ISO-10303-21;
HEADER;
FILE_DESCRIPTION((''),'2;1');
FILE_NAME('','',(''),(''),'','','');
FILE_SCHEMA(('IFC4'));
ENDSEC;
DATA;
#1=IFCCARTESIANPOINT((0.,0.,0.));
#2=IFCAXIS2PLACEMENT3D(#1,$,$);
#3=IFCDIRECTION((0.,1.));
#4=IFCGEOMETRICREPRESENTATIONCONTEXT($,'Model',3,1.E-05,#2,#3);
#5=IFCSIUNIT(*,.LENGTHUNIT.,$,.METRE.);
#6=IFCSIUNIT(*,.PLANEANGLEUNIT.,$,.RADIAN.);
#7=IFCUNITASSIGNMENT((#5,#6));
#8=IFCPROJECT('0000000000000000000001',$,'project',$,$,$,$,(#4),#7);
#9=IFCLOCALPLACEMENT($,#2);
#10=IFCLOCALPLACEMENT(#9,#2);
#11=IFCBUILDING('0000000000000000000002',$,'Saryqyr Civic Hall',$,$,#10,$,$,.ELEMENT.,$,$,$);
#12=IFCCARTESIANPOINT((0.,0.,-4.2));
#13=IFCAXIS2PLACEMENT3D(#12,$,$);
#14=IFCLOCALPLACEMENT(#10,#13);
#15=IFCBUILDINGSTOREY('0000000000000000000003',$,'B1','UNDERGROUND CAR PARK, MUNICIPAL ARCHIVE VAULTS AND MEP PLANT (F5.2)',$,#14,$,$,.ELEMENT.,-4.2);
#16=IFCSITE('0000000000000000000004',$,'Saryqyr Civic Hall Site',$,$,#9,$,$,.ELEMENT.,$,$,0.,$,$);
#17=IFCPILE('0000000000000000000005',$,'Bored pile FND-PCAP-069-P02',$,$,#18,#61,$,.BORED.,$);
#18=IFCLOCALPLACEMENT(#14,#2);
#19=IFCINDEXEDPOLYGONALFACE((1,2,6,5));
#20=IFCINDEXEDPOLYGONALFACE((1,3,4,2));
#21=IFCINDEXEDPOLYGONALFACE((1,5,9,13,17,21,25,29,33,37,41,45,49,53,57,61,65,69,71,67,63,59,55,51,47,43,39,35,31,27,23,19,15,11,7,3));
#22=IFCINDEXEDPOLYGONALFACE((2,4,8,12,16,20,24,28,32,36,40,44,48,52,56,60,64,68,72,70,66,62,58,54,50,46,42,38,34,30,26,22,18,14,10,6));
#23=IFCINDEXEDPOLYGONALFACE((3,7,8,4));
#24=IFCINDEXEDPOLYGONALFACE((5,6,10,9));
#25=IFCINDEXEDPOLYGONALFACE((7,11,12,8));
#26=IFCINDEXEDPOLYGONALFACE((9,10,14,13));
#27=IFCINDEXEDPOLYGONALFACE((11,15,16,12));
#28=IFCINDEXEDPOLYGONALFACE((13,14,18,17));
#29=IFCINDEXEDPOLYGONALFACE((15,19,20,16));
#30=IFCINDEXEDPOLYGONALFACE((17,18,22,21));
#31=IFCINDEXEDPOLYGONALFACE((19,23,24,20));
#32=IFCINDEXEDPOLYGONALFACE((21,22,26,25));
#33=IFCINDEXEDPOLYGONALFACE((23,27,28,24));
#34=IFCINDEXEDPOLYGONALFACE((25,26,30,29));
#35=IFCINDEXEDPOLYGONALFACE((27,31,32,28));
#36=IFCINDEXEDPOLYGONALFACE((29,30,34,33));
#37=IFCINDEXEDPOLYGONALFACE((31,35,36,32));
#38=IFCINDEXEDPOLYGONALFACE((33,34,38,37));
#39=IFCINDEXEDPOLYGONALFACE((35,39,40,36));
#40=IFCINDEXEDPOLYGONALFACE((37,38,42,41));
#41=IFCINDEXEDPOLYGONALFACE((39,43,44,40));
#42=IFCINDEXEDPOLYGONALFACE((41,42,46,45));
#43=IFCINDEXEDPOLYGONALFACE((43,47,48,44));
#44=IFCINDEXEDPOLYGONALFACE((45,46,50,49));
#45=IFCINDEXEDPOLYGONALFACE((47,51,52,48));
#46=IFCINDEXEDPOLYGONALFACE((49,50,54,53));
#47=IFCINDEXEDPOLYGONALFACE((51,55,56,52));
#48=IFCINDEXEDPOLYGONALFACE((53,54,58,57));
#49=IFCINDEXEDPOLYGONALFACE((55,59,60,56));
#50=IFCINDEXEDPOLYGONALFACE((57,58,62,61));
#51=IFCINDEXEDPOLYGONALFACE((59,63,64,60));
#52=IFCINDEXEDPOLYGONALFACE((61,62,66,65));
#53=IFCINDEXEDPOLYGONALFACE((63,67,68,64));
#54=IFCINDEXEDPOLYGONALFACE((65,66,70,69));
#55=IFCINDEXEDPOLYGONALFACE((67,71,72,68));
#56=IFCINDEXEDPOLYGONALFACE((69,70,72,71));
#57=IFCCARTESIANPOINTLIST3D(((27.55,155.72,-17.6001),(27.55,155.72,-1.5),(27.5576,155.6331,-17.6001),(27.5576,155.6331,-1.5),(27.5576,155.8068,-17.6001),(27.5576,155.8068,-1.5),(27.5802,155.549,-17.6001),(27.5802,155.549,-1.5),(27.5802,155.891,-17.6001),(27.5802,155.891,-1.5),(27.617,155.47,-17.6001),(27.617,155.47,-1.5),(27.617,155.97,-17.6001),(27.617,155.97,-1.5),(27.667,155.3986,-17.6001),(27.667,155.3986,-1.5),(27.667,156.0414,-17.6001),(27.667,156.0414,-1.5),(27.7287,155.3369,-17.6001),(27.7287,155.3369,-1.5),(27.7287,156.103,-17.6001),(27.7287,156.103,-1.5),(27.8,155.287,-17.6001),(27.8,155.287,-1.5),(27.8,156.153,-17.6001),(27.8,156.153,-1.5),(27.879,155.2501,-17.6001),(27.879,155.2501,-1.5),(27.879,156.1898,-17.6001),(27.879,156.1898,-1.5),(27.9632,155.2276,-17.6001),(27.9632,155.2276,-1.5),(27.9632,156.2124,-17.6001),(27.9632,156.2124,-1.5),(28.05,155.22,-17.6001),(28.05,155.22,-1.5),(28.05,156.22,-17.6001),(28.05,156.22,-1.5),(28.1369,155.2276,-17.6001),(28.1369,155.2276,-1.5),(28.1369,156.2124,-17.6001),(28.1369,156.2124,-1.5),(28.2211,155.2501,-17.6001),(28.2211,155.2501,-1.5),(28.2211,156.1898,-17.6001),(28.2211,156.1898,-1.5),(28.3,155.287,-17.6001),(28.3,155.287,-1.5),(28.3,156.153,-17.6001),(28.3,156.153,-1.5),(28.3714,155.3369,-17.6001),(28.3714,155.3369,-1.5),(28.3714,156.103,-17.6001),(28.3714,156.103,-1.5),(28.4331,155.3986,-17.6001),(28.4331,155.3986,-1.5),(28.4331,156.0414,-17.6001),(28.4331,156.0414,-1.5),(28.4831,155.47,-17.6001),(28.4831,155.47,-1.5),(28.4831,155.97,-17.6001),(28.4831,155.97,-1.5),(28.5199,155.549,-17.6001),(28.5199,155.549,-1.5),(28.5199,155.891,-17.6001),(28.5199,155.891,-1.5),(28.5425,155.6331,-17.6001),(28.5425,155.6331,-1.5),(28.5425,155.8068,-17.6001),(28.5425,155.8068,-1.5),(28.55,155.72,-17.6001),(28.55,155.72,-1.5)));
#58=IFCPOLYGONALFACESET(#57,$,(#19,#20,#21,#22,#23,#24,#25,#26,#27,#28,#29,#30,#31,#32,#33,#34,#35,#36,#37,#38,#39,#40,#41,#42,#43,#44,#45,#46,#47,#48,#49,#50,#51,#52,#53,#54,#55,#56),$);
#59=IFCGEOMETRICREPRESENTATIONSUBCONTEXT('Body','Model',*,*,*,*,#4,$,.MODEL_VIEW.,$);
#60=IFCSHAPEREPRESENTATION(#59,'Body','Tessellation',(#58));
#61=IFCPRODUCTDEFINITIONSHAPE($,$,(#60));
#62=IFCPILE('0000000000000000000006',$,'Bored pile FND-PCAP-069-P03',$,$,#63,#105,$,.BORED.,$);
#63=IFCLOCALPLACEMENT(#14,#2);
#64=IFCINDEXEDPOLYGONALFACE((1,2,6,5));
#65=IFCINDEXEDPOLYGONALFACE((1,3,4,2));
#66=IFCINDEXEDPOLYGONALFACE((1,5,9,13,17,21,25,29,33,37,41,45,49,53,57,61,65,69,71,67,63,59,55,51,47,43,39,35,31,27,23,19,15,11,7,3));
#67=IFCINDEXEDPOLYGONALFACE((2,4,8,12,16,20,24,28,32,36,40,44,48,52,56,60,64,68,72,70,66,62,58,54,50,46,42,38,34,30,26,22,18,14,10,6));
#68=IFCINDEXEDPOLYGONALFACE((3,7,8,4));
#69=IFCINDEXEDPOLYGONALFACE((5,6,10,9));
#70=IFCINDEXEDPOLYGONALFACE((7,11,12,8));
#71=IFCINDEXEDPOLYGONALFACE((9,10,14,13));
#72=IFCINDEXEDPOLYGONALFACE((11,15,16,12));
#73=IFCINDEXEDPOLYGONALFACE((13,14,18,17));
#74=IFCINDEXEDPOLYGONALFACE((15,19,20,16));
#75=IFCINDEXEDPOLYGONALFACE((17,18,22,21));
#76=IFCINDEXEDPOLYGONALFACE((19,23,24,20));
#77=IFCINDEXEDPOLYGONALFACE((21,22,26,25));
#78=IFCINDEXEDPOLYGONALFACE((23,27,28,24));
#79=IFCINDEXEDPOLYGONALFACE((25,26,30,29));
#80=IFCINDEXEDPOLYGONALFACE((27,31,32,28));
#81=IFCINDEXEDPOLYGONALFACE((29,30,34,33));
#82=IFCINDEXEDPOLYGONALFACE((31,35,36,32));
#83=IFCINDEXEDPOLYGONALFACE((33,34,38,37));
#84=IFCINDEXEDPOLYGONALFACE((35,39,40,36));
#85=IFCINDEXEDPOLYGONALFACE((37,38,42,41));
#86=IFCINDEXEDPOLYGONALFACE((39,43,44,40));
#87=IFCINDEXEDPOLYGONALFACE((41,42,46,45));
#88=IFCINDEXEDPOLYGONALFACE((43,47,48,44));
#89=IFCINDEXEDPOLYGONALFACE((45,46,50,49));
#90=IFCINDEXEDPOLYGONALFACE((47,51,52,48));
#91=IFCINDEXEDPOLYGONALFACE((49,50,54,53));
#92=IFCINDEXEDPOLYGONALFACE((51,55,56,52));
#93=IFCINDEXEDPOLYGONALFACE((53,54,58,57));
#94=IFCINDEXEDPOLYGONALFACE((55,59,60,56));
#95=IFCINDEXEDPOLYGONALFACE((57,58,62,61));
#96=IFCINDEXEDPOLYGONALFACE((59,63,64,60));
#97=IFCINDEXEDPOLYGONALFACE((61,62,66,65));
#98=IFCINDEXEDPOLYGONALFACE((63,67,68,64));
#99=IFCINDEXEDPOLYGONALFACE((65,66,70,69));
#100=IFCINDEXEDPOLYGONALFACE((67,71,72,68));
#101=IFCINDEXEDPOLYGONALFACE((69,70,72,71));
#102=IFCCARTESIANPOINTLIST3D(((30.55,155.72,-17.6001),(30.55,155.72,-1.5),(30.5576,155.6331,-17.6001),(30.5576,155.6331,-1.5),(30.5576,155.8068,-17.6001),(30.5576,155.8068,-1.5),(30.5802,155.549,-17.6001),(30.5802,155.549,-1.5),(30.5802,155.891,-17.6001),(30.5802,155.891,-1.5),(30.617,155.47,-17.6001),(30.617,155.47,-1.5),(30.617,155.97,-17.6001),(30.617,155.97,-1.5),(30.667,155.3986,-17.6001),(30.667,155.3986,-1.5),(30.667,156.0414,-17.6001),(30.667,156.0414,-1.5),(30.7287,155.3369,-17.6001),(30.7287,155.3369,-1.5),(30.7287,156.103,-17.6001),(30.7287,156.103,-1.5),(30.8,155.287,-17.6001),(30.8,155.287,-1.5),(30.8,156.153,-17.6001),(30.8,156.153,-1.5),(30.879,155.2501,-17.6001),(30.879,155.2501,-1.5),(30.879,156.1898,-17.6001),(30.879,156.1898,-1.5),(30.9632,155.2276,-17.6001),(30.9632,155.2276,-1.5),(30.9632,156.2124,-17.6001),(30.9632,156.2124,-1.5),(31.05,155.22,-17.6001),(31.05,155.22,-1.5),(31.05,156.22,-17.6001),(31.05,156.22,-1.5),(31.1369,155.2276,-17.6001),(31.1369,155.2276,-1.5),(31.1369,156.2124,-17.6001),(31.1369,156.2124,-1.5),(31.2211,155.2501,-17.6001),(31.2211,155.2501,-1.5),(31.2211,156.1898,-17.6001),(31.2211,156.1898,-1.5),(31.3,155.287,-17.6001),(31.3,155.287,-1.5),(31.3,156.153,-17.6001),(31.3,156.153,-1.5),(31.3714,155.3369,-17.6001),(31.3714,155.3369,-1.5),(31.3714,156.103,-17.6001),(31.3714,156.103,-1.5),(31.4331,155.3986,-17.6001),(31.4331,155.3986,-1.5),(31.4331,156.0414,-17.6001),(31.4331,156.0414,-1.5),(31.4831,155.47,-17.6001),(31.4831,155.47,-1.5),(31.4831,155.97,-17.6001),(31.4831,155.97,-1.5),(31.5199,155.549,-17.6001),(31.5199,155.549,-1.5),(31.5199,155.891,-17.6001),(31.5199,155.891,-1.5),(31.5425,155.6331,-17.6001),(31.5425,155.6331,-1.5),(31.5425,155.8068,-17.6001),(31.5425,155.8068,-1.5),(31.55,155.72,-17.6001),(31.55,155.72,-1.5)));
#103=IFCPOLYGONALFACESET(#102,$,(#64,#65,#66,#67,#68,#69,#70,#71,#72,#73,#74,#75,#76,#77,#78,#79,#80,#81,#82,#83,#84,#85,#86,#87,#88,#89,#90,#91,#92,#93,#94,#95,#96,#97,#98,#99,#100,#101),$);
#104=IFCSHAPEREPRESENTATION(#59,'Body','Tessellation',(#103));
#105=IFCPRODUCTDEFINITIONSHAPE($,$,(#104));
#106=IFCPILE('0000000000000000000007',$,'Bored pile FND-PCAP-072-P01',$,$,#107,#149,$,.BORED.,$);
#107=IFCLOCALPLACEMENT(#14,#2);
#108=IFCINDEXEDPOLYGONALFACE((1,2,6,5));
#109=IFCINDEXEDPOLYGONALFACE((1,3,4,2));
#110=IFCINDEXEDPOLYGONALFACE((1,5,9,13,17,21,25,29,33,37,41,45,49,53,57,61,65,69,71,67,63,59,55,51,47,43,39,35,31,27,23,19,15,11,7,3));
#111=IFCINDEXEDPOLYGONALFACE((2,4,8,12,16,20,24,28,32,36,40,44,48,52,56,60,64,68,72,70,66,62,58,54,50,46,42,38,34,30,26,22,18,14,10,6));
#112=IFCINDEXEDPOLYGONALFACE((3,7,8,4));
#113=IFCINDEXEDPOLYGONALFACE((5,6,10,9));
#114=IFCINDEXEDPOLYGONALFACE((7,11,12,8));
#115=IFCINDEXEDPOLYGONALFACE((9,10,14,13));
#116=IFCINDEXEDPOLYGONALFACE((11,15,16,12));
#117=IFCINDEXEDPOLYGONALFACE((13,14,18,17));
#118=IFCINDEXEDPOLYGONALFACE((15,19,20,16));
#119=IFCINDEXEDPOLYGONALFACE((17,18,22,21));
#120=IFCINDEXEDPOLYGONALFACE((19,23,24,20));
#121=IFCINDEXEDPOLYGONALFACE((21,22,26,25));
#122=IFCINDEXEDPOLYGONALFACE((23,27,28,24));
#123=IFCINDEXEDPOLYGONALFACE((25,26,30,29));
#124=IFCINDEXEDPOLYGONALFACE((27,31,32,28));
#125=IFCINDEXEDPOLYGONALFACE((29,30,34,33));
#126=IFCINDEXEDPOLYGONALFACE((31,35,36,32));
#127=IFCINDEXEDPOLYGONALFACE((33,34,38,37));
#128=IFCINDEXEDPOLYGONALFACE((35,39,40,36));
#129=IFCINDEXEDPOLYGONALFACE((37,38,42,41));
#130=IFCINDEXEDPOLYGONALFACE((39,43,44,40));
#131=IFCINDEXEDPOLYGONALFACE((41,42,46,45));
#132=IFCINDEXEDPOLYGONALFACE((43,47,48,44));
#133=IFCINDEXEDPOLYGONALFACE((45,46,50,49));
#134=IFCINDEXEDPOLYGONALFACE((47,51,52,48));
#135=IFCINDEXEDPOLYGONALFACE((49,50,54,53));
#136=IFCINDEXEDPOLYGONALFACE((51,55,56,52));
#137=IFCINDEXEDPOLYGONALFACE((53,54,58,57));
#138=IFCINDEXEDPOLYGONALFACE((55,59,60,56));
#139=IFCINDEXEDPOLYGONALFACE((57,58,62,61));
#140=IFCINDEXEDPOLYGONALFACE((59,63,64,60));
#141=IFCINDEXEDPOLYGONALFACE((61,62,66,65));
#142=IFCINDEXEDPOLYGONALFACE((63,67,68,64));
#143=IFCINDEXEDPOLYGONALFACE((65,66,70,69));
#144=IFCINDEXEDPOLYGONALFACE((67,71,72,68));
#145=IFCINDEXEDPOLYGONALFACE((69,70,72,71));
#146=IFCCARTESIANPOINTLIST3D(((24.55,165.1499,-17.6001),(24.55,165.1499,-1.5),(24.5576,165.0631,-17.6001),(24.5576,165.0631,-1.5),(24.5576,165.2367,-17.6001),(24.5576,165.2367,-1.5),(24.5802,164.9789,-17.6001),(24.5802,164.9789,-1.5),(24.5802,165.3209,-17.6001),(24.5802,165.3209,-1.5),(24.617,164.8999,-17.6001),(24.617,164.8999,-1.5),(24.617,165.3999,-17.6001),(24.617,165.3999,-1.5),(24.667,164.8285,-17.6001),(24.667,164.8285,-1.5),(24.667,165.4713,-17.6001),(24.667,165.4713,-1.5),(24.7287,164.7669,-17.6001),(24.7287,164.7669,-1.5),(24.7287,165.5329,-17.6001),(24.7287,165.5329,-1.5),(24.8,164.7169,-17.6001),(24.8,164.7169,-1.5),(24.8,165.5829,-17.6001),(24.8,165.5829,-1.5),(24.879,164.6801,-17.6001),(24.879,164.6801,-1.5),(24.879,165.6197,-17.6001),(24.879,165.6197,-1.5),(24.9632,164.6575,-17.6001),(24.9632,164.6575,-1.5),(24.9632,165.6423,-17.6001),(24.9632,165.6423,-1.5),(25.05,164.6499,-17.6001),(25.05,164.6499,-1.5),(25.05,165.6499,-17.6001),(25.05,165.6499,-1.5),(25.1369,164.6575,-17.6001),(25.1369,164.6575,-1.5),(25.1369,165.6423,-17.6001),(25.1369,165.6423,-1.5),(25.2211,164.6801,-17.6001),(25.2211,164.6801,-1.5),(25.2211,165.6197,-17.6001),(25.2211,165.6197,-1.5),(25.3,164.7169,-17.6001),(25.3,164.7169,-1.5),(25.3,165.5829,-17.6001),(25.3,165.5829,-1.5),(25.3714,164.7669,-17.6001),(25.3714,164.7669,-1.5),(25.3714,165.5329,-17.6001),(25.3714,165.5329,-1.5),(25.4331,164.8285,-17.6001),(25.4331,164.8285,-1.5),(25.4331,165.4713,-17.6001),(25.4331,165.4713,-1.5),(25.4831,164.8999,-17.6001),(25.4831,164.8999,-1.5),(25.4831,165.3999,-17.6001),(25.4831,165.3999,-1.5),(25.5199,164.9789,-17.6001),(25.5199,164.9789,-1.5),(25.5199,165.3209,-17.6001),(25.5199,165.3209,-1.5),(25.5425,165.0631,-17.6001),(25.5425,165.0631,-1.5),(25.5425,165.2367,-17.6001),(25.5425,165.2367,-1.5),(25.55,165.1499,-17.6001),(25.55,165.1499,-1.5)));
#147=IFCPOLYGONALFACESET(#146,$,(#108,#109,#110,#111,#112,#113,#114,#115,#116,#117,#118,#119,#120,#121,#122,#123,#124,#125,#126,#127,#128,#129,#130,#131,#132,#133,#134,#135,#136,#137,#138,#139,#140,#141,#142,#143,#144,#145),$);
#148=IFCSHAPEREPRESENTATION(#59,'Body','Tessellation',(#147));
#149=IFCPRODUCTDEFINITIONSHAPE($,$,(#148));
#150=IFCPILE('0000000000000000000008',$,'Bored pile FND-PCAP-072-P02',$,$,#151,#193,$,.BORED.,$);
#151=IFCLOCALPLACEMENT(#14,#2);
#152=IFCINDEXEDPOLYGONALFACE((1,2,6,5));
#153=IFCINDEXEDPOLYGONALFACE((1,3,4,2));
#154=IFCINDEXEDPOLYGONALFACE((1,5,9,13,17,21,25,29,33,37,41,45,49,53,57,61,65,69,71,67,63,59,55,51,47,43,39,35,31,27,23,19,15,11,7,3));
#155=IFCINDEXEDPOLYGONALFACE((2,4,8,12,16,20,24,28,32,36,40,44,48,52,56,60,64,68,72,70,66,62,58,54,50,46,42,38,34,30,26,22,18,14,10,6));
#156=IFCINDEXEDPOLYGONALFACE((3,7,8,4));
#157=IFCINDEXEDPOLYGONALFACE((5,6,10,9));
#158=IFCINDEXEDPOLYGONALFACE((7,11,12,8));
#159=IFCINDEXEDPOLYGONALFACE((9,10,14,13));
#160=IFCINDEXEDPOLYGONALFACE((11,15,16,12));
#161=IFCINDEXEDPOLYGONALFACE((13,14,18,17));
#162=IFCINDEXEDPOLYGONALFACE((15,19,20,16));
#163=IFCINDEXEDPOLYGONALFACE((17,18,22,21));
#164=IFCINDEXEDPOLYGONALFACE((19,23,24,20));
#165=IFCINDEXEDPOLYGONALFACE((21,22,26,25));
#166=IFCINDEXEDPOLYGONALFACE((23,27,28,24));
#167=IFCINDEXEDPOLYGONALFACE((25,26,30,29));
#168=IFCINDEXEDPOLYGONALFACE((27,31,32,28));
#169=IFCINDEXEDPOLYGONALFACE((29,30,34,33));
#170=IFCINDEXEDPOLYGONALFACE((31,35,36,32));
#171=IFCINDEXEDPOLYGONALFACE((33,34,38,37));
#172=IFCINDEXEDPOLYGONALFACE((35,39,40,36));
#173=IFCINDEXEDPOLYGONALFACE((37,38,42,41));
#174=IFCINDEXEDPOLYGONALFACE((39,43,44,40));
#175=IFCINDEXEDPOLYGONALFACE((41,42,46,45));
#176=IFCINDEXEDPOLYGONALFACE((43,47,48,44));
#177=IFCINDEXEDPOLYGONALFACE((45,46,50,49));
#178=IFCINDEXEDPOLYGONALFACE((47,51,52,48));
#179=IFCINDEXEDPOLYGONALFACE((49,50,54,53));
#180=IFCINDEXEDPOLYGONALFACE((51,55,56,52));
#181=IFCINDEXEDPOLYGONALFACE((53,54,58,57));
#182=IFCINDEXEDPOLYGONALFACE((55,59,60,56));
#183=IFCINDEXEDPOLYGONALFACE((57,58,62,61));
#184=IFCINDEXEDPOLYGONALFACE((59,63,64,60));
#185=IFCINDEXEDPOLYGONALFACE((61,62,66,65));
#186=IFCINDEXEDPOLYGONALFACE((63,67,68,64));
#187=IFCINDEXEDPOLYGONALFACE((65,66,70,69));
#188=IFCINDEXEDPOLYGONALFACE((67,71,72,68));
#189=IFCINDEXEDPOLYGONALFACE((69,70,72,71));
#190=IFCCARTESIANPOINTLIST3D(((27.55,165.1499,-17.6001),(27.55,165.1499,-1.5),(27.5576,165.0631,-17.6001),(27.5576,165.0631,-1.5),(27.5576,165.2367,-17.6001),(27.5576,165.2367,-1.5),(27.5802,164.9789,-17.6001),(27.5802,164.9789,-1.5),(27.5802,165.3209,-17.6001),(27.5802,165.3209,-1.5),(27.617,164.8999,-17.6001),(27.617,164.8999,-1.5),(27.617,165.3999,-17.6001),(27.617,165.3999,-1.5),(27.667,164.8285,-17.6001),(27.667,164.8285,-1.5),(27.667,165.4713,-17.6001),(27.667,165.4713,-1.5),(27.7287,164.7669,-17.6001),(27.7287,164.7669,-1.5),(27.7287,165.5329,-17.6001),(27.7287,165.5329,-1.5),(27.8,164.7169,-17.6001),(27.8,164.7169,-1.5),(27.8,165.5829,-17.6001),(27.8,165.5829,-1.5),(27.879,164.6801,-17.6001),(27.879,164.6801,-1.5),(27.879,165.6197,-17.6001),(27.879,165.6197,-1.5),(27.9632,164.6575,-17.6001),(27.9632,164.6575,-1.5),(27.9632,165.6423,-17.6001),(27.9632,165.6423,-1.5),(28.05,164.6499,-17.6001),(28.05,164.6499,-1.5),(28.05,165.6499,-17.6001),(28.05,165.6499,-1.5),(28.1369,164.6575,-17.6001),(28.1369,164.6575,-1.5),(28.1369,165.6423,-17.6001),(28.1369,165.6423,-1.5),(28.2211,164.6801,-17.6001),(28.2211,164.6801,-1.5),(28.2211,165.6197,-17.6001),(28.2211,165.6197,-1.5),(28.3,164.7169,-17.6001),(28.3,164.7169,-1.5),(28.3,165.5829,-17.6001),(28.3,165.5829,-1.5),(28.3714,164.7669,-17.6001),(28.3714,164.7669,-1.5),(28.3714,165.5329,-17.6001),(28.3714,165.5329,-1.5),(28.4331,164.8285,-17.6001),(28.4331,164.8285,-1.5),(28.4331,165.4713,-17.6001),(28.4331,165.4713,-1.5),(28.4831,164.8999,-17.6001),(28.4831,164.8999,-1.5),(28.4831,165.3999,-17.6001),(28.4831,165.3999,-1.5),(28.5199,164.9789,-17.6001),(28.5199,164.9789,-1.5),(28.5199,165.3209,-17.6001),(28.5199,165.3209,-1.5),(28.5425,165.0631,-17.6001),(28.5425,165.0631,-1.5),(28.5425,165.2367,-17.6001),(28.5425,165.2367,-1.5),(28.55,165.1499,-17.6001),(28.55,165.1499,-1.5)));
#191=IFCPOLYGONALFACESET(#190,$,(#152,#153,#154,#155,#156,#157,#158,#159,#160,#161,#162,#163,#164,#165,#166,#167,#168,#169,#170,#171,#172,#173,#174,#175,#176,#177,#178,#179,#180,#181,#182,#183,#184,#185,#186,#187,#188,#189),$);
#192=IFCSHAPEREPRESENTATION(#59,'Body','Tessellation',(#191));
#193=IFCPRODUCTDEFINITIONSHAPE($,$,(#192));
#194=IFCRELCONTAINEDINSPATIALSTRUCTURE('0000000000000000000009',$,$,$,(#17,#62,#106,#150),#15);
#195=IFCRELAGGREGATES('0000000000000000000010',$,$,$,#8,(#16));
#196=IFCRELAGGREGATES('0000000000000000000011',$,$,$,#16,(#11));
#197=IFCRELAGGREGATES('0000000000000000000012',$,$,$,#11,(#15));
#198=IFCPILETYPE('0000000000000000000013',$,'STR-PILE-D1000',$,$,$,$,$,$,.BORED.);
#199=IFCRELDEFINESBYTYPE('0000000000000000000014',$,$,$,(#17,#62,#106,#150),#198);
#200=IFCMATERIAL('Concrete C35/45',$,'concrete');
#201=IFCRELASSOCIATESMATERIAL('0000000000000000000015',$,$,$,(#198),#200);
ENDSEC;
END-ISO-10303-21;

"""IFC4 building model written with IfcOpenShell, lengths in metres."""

from ifc_helpers import new_model, si_unit, direction, frame, origin, origin_2d, place, context, subcontext, project, spatial, circle, extrude, material, material_profile, profile_set, type_object, element, save


model = new_model("IFC4")

# Units and contexts
model_context = context("Model", 3, precision=1e-05, world=origin(), true_north=direction((0.0, 1.0)))
body_context = subcontext(model_context, "Body", "Model", "MODEL_VIEW")
ifc_project = project(units=[si_unit("LENGTHUNIT", "METRE"), si_unit("PLANEANGLEUNIT", "RADIAN")], contexts=[model_context])

# Site, building, storey
site_placement = place(None, origin())
site = spatial("IfcSite", under=ifc_project, at=site_placement, Name="Saryqyr Civic Hall Site", CompositionType="ELEMENT", RefElevation=0.0)
building_placement = place(site_placement, origin())
building = spatial("IfcBuilding", under=site, at=building_placement, Name="Saryqyr Civic Hall", CompositionType="ELEMENT")
storey_placement = place(building_placement, frame((0.0, 0.0, -4.2)))
storey = spatial("IfcBuildingStorey", under=building, at=storey_placement, Name="B1", Description="UNDERGROUND CAR PARK, MUNICIPAL ARCHIVE VAULTS AND MEP PLANT (F5.2)", CompositionType="ELEMENT", Elevation=-4.2)

# Shared definitions
ifc_material_1 = material(Name="Concrete C35/45", Category="concrete")

# Piles
ifc_material_profile_1 = material_profile(ifc_material_1, circle(Radius=0.5, at=origin_2d()), Name="BORED PILE D1000")
ifc_profile_set_1 = profile_set([ifc_material_profile_1], Name="Concrete C35/45")
pile_type = type_object("IfcPileType", Name="STR-PILE-D1000", PredefinedType="BORED", material=ifc_profile_set_1)
for number, where, z_axis, x_axis, name in (
    (1, (28.05, 155.72, -1.5), (0.0, 0.0, -1.0), (1.0, 0.0, 0.0), "Bored pile FND-PCAP-069-P02"),
    (2, (31.05, 155.72, -1.5), (0.0, 0.0, -1.0), (1.0, 0.0, 0.0), "Bored pile FND-PCAP-069-P03"),
    (3, (25.05, 165.1499, -1.5), (0.0, 0.0, -1.0), (1.0, 0.0, 0.0), "Bored pile FND-PCAP-072-P01"),
    (4, (28.05, 165.1499, -1.5), (0.0, 0.0, -1.0), (1.0, 0.0, 0.0), "Bored pile FND-PCAP-072-P02"),
):
    element("IfcPile", number, at=place(storey_placement, frame(where, z_axis=z_axis, x_axis=x_axis)), inside=storey, type_object=pile_type, Name=name, PredefinedType="BORED", context=body_context, shape_type="SweptSolid", body=[
        extrude(circle(Radius=0.5, at=origin_2d()), origin(), (0.0, 0.0, 1.0), 16.1001),
    ])

save(model, "model.ifc")
